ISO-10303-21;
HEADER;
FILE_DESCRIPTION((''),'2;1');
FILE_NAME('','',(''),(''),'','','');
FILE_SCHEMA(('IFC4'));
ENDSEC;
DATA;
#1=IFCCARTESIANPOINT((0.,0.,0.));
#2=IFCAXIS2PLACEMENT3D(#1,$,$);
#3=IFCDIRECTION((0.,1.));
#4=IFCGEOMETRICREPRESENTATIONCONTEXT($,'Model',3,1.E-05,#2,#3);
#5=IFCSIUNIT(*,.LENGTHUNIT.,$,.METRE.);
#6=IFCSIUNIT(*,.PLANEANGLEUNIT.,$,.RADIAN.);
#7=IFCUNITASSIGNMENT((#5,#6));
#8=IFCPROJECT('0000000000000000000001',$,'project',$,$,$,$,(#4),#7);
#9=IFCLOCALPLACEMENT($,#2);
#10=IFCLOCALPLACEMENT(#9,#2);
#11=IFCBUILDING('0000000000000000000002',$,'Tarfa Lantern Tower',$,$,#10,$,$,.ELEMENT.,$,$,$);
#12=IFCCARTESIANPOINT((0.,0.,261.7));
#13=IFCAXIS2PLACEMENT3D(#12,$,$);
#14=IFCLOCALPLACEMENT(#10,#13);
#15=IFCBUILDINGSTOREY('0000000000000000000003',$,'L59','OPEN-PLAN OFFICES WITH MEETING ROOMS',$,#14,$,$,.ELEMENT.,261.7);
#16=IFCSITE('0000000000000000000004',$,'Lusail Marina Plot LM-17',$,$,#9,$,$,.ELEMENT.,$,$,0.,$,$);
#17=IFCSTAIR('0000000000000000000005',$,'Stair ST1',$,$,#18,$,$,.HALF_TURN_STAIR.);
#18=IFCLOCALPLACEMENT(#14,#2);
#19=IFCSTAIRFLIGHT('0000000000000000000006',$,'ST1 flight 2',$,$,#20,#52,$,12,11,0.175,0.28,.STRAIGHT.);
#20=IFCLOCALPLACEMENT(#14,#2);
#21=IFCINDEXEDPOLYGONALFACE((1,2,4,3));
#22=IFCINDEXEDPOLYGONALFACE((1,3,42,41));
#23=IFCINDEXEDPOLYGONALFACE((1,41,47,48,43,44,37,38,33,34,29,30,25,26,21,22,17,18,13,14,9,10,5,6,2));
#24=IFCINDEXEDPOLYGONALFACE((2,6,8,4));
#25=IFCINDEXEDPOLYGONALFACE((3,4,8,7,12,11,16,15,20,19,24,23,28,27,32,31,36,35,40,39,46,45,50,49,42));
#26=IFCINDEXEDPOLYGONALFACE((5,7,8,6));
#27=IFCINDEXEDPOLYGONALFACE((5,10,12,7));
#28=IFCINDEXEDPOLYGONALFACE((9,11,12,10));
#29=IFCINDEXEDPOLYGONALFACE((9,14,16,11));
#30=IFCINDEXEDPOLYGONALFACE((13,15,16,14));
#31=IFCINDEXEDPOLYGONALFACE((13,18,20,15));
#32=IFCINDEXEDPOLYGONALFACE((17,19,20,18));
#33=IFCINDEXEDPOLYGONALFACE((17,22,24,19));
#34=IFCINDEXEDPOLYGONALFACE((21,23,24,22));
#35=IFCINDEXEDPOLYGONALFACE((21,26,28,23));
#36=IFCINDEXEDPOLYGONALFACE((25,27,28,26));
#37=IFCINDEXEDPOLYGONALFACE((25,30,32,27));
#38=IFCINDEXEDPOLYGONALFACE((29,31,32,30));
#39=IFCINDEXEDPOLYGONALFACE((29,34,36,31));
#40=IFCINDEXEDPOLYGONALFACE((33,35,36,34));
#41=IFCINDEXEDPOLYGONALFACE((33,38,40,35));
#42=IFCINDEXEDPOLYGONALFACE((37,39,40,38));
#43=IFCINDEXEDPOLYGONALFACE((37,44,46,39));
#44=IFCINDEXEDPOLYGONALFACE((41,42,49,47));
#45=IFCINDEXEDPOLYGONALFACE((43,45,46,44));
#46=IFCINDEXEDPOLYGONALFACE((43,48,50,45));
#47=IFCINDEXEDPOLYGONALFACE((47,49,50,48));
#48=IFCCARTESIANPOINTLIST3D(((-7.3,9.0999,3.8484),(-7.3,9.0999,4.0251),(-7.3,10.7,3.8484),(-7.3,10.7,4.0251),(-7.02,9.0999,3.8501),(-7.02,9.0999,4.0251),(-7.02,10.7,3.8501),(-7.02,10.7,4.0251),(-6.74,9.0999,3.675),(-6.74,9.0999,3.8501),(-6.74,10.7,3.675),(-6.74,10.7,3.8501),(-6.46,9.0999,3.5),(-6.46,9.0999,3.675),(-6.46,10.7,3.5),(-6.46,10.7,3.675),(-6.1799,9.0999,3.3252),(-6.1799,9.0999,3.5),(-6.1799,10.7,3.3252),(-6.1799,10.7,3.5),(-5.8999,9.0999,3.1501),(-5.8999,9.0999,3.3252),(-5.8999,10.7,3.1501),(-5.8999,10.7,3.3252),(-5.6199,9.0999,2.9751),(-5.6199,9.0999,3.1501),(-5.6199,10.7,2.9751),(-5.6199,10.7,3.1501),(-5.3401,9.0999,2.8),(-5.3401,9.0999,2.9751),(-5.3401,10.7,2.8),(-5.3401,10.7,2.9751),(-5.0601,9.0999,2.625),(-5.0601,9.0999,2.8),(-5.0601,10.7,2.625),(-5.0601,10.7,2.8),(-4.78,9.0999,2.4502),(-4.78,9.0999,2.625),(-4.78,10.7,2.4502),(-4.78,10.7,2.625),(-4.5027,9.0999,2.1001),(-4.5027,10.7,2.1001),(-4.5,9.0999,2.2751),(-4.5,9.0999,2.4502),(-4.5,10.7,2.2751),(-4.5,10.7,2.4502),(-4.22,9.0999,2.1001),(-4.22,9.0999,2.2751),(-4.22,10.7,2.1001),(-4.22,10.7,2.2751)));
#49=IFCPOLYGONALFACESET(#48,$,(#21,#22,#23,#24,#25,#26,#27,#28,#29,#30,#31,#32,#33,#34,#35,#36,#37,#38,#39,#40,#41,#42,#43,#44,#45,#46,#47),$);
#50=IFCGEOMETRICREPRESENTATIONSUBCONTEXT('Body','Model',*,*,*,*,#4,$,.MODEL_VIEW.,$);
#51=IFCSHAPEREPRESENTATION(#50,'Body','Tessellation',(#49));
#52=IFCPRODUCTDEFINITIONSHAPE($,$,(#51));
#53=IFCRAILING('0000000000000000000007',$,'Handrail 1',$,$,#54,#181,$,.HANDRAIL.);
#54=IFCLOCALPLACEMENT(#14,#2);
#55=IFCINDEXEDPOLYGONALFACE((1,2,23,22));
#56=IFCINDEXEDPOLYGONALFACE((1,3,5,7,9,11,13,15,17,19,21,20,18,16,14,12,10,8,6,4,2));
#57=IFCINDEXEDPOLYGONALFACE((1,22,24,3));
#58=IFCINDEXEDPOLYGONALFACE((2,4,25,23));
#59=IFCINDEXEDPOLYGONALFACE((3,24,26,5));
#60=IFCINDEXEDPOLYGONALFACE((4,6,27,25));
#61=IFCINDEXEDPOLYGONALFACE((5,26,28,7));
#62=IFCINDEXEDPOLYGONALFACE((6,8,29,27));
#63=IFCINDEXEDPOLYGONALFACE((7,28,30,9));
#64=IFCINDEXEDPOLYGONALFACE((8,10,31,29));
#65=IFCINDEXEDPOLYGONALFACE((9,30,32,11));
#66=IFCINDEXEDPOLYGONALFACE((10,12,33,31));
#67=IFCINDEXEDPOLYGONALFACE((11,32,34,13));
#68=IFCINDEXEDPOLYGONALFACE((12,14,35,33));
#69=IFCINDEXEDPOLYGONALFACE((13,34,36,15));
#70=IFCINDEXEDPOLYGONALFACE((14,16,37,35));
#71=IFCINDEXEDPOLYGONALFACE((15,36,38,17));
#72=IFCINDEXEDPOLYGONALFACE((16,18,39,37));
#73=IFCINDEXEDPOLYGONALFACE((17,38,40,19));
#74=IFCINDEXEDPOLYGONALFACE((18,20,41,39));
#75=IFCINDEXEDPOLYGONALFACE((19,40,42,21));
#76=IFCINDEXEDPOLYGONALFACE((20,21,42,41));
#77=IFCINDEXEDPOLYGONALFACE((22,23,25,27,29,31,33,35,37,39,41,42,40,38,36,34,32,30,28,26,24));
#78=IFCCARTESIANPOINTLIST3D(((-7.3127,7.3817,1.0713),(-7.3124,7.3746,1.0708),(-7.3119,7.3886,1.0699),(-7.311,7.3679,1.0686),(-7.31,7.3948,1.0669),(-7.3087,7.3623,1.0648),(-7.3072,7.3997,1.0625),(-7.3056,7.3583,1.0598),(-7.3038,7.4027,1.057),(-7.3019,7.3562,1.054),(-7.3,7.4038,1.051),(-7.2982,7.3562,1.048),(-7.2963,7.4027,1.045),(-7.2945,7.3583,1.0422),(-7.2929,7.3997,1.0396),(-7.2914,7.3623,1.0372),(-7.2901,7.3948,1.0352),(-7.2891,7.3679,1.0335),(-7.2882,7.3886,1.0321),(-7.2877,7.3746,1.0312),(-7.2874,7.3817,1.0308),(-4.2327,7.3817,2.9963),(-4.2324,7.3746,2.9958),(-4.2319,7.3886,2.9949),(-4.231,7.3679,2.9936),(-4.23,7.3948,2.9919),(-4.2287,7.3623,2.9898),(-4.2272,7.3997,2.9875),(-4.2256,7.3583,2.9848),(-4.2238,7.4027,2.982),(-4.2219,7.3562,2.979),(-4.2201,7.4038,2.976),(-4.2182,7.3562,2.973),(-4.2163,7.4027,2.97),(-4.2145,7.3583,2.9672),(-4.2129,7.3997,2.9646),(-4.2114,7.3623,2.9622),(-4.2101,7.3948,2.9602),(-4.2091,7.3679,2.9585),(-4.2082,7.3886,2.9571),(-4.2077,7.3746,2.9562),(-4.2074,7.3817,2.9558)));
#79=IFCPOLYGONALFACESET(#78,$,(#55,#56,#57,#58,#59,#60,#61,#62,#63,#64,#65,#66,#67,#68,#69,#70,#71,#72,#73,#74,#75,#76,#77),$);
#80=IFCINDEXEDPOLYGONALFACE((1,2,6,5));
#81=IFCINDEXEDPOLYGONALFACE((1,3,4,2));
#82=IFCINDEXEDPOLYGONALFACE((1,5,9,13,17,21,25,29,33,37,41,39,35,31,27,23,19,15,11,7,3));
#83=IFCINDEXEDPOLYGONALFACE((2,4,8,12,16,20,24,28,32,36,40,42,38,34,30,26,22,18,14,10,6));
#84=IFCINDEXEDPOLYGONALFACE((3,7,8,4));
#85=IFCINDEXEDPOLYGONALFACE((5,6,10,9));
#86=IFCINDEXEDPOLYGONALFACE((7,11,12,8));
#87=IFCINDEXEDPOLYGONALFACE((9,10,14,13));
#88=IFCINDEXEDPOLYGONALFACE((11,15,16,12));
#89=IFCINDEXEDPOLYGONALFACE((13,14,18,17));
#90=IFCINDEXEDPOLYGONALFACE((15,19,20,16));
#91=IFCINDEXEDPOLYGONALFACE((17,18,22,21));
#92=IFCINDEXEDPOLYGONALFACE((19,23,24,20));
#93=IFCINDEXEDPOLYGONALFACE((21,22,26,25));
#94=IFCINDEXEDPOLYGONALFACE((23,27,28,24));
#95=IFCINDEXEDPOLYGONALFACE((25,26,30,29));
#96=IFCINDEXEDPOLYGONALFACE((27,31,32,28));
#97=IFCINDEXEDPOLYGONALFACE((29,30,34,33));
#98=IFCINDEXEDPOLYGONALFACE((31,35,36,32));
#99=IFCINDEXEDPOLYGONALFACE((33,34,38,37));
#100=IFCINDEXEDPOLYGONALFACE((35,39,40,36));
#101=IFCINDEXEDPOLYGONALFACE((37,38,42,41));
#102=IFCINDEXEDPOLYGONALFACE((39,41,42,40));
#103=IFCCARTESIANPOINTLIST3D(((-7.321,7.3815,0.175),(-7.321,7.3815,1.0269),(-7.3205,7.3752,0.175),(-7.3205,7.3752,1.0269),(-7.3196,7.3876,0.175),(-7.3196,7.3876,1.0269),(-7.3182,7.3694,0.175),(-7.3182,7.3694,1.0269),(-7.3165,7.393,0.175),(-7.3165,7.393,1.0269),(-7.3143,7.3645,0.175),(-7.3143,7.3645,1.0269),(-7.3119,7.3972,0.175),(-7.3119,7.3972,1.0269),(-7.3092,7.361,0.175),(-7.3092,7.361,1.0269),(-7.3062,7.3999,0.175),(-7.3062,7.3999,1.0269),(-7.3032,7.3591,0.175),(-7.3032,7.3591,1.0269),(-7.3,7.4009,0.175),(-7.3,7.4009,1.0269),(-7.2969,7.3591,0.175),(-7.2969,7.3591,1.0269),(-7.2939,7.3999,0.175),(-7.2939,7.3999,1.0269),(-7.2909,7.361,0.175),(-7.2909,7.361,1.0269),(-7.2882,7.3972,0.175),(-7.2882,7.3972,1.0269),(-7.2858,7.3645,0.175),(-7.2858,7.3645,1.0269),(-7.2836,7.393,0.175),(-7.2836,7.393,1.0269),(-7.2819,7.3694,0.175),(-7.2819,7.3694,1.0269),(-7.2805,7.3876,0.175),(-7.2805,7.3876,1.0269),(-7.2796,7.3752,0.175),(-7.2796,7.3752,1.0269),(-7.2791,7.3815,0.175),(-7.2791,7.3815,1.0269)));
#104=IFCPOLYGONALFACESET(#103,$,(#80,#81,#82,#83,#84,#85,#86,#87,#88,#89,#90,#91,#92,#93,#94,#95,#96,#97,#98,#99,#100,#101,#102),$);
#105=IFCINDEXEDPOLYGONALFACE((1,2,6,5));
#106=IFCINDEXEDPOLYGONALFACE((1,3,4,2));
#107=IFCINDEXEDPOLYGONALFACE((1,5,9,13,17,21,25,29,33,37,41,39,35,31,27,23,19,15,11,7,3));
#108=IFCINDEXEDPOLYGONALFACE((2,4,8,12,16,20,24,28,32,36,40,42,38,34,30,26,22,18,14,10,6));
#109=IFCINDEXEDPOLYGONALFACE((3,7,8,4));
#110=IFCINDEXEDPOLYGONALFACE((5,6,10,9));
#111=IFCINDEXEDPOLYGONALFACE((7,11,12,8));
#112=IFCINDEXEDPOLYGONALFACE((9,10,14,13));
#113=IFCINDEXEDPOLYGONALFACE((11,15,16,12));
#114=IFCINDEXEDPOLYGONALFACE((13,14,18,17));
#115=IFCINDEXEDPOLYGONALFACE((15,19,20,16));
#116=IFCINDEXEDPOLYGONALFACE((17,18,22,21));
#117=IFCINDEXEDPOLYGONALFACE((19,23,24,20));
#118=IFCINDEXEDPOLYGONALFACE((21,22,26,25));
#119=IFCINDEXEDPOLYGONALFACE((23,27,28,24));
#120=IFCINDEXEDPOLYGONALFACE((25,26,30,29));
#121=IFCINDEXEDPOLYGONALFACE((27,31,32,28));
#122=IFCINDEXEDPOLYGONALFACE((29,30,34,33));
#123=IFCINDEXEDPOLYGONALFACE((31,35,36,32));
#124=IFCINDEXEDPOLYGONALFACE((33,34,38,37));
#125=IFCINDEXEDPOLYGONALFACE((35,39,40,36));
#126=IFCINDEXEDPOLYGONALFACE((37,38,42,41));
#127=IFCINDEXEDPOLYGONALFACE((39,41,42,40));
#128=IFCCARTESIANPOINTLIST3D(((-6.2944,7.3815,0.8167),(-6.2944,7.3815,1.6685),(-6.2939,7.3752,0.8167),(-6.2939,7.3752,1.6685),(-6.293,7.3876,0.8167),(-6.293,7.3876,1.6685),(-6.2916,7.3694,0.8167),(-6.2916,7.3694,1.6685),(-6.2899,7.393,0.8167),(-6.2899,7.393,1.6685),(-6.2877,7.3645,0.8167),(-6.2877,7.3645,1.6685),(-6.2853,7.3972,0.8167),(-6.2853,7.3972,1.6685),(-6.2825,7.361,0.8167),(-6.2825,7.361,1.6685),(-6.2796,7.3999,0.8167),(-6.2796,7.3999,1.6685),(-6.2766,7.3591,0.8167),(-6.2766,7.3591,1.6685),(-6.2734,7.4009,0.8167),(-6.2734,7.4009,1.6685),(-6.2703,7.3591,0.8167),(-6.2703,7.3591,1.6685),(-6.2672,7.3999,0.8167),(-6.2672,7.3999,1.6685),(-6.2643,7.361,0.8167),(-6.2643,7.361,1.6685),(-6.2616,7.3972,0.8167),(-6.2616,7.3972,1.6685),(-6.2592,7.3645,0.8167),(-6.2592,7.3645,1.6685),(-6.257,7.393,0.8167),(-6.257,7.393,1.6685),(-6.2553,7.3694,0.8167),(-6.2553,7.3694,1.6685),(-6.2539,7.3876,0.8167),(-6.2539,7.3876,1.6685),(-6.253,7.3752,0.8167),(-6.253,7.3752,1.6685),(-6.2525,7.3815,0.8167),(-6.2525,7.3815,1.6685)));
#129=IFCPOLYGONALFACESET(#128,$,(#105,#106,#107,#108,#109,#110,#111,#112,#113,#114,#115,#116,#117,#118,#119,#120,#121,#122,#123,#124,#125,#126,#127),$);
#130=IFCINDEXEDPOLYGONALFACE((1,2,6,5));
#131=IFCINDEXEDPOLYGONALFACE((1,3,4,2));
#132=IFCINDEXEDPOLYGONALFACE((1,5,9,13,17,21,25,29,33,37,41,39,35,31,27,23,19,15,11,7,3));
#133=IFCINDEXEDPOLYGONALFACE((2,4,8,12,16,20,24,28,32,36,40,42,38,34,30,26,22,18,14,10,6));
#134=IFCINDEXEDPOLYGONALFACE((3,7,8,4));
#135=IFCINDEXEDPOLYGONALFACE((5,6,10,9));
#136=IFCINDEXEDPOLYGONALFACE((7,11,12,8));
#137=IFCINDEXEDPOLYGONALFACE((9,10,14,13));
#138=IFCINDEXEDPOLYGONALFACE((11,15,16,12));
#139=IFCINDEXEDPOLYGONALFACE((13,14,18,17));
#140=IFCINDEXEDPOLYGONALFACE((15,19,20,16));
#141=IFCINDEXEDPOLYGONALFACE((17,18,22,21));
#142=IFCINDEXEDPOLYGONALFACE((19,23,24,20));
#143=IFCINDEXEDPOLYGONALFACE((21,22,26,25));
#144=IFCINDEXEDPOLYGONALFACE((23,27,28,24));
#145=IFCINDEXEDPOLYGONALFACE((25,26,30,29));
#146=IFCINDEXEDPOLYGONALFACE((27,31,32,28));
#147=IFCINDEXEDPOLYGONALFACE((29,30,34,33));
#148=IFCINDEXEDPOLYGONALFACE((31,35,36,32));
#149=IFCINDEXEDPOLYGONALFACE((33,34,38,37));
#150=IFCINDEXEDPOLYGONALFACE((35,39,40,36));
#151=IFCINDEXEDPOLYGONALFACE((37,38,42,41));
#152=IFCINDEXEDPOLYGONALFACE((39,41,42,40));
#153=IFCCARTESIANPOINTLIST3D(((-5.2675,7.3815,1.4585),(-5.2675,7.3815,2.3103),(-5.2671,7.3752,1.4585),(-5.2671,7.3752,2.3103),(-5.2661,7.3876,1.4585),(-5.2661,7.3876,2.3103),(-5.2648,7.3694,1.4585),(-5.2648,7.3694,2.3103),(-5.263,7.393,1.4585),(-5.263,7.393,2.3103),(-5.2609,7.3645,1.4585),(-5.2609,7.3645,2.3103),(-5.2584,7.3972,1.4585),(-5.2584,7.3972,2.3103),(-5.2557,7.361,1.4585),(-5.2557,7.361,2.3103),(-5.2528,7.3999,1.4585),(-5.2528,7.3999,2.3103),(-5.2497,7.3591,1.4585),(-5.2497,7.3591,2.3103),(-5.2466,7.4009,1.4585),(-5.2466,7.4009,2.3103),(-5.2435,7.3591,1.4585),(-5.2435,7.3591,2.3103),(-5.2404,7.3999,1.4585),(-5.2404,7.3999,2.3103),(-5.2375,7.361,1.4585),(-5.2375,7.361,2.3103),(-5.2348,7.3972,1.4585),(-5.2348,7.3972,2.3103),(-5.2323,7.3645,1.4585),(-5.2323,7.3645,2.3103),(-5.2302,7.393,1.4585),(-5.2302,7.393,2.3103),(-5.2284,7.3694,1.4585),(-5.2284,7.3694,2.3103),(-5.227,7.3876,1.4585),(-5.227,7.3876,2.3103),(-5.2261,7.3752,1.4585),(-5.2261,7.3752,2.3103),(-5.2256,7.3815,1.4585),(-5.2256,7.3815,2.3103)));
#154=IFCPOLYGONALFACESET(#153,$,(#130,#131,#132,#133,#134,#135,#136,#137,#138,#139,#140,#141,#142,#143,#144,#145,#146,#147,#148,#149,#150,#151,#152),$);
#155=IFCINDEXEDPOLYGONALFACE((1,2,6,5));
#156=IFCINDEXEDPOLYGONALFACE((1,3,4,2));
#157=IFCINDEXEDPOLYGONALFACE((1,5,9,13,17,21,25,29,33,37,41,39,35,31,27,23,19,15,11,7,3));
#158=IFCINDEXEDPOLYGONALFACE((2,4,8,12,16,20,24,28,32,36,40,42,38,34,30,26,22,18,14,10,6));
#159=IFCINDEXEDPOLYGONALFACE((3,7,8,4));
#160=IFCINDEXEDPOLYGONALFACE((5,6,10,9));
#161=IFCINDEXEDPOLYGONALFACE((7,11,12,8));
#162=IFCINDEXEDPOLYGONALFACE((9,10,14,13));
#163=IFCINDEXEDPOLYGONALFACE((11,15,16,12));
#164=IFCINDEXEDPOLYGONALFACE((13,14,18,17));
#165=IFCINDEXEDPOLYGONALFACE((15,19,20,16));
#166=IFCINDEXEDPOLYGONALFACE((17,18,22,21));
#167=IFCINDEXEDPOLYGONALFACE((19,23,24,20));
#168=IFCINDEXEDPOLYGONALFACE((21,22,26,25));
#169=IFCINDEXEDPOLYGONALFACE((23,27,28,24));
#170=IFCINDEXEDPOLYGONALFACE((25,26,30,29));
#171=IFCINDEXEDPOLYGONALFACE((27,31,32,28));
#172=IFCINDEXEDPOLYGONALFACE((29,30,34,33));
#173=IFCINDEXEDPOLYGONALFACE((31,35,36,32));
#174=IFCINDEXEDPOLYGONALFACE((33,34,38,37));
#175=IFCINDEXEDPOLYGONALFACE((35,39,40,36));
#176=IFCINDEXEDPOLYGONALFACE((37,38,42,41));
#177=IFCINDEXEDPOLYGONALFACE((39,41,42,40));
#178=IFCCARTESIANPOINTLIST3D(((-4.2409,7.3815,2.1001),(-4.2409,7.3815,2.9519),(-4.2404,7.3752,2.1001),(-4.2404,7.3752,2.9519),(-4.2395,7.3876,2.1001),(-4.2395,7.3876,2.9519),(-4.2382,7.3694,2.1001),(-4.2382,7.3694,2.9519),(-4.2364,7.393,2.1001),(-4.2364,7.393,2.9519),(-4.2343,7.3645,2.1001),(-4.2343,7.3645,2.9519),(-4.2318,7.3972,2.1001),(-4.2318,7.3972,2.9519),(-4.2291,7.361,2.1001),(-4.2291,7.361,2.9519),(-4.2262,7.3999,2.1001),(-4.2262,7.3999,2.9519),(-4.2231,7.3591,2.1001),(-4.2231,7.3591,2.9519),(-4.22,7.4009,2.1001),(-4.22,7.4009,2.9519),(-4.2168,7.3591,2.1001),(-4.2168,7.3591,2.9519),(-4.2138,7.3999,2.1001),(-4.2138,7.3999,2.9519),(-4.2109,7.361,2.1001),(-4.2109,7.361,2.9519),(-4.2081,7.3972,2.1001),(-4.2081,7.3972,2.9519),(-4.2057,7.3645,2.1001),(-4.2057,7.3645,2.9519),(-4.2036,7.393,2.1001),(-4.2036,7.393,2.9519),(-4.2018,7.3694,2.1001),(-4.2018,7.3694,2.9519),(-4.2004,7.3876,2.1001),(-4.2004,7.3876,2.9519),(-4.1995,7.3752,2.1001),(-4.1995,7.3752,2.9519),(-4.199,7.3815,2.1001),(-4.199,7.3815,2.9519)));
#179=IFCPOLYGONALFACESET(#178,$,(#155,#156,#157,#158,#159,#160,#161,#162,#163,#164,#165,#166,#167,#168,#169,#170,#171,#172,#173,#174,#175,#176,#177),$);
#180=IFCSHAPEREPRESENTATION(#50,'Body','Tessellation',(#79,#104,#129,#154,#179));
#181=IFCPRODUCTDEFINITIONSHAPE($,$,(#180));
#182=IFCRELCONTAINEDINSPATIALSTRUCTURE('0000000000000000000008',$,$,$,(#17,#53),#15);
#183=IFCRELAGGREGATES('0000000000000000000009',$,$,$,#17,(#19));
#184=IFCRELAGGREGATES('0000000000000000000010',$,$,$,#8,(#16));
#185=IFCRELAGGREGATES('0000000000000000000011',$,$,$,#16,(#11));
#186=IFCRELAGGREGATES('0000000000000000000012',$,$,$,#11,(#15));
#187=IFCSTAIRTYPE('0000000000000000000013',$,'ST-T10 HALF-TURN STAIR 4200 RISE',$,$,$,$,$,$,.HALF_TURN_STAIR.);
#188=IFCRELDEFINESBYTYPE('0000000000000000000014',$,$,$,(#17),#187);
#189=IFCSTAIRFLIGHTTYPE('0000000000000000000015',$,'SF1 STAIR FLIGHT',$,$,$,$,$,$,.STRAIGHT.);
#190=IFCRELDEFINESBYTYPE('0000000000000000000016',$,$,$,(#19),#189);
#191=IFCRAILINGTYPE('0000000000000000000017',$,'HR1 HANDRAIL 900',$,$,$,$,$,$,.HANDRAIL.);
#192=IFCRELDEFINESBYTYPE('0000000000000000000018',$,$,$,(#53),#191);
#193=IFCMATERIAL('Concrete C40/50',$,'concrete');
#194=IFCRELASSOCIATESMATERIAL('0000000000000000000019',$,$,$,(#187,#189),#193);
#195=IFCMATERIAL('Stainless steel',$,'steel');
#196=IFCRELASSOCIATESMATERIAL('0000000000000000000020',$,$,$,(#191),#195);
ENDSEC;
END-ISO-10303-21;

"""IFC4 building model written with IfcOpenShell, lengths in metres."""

from ifc_helpers import new_model, si_unit, direction, frame, origin, origin_2d, place, context, subcontext, project, spatial, polyline, circle, outline, extrude, material, type_object, element, aggregate, save


model = new_model("IFC4")

# Units and contexts
model_context = context("Model", 3, precision=1e-05, world=origin(), true_north=direction((0.0, 1.0)))
body_context = subcontext(model_context, "Body", "Model", "MODEL_VIEW")
ifc_project = project(units=[si_unit("LENGTHUNIT", "METRE"), si_unit("PLANEANGLEUNIT", "RADIAN")], contexts=[model_context])

# Site, building, storey
site_placement = place(None, origin())
site = spatial("IfcSite", under=ifc_project, at=site_placement, Name="Lusail Marina Plot LM-17", CompositionType="ELEMENT", RefElevation=0.0)
building_placement = place(site_placement, origin())
building = spatial("IfcBuilding", under=site, at=building_placement, Name="Tarfa Lantern Tower", CompositionType="ELEMENT")
storey_placement = place(building_placement, frame((0.0, 0.0, 261.7)))
storey = spatial("IfcBuildingStorey", under=building, at=storey_placement, Name="L59", Description="OPEN-PLAN OFFICES WITH MEETING ROOMS", CompositionType="ELEMENT", Elevation=261.7)

# Stair, stair flight
ifc_material_1 = material(Name="Concrete C40/50", Category="concrete")
stair_type = type_object("IfcStairType", Name="ST-T10 HALF-TURN STAIR 4200 RISE", PredefinedType="HALF_TURN_STAIR", material=ifc_material_1)
stair_placement = place(storey_placement, origin())
stair = element("IfcStair", 1, at=stair_placement, inside=storey, type_object=stair_type, Name="Stair ST1", PredefinedType="HALF_TURN_STAIR")
stair_flight_type = type_object("IfcStairFlightType", Name="SF1 STAIR FLIGHT", PredefinedType="STRAIGHT", material=ifc_material_1)
stair_flight_1_placement = place(storey_placement, frame((-4.22, 9.8999, 2.1001), z_axis=(0.0, 0.0, 1.0), x_axis=(-1.0, 0.0, 0.0)))
stair_flight_1 = element("IfcStairFlight", 2, at=stair_flight_1_placement, type_object=stair_flight_type, Name="ST1 flight 2", NumberOfRisers=12, NumberOfTreads=11, PredefinedType="STRAIGHT", RiserHeight=0.175, TreadLength=0.28, context=body_context, shape_type="SweptSolid", body=[
    extrude(outline(polyline([(0.0, 0.0), (0.0, 0.175), (0.28, 0.175), (0.28, 0.3501), (0.5601, 0.3501), (0.5601, 0.5249), (0.8401, 0.5249), (0.8401, 0.7), (1.1201, 0.7), (1.1201, 0.875), (1.3999, 0.875), (1.3999, 1.05), (1.6799, 1.05), (1.6799, 1.2251), (1.96, 1.2251), (1.96, 1.3999), (2.24, 1.3999), (2.24, 1.575), (2.52, 1.575), (2.52, 1.75), (2.8, 1.75), (2.8, 1.925), (3.0801, 1.925), (3.0801, 2.1001), (3.0801, 1.7483), (0.2827, 0.0), (0.0, 0.0)])), frame((0.0, 0.8, 0.0), z_axis=(0.0, -1.0, 0.0), x_axis=(1.0, 0.0, 0.0)), (0.0, 0.0, 1.0), 1.6001),
])
aggregate(stair, [stair_flight_1])

# Railing
ifc_material_2 = material(Name="Stainless steel", Category="steel")
railing_type = type_object("IfcRailingType", Name="HR1 HANDRAIL 900", PredefinedType="HANDRAIL", material=ifc_material_2)
railing_1_placement = place(storey_placement, frame((-7.3, 7.3799, 0.175)))
element("IfcRailing", 3, at=railing_1_placement, inside=storey, type_object=railing_type, Name="Handrail 1", PredefinedType="HANDRAIL", context=body_context, shape_type="SweptSolid", body=[
    extrude(circle(Radius=0.0239, at=origin_2d()), frame((0.0, 0.0, 0.876), z_axis=(0.847998, 0.0, 0.529999), x_axis=(0.0, 1.0, 0.0)), (0.0, 0.0, 1.0), 3.6321),
    extrude(circle(Radius=0.021, at=origin_2d()), frame((0.0, 0.0, 0.0), z_axis=(0.0, 0.0, 1.0), x_axis=(0.0, 1.0, 0.0)), (0.0, 0.0, 1.0), 0.8518),
    extrude(circle(Radius=0.021, at=origin_2d()), frame((1.0266, 0.0, 0.6416), z_axis=(0.0, 0.0, 1.0), x_axis=(0.0, 1.0, 0.0)), (0.0, 0.0, 1.0), 0.8518),
    extrude(circle(Radius=0.021, at=origin_2d()), frame((2.0535, 0.0, 1.2834), z_axis=(0.0, 0.0, 1.0), x_axis=(0.0, 1.0, 0.0)), (0.0, 0.0, 1.0), 0.8518),
    extrude(circle(Radius=0.021, at=origin_2d()), frame((3.0801, 0.0, 1.925), z_axis=(0.0, 0.0, 1.0), x_axis=(0.0, 1.0, 0.0)), (0.0, 0.0, 1.0), 0.8518),
])

save(model, "model.ifc")
